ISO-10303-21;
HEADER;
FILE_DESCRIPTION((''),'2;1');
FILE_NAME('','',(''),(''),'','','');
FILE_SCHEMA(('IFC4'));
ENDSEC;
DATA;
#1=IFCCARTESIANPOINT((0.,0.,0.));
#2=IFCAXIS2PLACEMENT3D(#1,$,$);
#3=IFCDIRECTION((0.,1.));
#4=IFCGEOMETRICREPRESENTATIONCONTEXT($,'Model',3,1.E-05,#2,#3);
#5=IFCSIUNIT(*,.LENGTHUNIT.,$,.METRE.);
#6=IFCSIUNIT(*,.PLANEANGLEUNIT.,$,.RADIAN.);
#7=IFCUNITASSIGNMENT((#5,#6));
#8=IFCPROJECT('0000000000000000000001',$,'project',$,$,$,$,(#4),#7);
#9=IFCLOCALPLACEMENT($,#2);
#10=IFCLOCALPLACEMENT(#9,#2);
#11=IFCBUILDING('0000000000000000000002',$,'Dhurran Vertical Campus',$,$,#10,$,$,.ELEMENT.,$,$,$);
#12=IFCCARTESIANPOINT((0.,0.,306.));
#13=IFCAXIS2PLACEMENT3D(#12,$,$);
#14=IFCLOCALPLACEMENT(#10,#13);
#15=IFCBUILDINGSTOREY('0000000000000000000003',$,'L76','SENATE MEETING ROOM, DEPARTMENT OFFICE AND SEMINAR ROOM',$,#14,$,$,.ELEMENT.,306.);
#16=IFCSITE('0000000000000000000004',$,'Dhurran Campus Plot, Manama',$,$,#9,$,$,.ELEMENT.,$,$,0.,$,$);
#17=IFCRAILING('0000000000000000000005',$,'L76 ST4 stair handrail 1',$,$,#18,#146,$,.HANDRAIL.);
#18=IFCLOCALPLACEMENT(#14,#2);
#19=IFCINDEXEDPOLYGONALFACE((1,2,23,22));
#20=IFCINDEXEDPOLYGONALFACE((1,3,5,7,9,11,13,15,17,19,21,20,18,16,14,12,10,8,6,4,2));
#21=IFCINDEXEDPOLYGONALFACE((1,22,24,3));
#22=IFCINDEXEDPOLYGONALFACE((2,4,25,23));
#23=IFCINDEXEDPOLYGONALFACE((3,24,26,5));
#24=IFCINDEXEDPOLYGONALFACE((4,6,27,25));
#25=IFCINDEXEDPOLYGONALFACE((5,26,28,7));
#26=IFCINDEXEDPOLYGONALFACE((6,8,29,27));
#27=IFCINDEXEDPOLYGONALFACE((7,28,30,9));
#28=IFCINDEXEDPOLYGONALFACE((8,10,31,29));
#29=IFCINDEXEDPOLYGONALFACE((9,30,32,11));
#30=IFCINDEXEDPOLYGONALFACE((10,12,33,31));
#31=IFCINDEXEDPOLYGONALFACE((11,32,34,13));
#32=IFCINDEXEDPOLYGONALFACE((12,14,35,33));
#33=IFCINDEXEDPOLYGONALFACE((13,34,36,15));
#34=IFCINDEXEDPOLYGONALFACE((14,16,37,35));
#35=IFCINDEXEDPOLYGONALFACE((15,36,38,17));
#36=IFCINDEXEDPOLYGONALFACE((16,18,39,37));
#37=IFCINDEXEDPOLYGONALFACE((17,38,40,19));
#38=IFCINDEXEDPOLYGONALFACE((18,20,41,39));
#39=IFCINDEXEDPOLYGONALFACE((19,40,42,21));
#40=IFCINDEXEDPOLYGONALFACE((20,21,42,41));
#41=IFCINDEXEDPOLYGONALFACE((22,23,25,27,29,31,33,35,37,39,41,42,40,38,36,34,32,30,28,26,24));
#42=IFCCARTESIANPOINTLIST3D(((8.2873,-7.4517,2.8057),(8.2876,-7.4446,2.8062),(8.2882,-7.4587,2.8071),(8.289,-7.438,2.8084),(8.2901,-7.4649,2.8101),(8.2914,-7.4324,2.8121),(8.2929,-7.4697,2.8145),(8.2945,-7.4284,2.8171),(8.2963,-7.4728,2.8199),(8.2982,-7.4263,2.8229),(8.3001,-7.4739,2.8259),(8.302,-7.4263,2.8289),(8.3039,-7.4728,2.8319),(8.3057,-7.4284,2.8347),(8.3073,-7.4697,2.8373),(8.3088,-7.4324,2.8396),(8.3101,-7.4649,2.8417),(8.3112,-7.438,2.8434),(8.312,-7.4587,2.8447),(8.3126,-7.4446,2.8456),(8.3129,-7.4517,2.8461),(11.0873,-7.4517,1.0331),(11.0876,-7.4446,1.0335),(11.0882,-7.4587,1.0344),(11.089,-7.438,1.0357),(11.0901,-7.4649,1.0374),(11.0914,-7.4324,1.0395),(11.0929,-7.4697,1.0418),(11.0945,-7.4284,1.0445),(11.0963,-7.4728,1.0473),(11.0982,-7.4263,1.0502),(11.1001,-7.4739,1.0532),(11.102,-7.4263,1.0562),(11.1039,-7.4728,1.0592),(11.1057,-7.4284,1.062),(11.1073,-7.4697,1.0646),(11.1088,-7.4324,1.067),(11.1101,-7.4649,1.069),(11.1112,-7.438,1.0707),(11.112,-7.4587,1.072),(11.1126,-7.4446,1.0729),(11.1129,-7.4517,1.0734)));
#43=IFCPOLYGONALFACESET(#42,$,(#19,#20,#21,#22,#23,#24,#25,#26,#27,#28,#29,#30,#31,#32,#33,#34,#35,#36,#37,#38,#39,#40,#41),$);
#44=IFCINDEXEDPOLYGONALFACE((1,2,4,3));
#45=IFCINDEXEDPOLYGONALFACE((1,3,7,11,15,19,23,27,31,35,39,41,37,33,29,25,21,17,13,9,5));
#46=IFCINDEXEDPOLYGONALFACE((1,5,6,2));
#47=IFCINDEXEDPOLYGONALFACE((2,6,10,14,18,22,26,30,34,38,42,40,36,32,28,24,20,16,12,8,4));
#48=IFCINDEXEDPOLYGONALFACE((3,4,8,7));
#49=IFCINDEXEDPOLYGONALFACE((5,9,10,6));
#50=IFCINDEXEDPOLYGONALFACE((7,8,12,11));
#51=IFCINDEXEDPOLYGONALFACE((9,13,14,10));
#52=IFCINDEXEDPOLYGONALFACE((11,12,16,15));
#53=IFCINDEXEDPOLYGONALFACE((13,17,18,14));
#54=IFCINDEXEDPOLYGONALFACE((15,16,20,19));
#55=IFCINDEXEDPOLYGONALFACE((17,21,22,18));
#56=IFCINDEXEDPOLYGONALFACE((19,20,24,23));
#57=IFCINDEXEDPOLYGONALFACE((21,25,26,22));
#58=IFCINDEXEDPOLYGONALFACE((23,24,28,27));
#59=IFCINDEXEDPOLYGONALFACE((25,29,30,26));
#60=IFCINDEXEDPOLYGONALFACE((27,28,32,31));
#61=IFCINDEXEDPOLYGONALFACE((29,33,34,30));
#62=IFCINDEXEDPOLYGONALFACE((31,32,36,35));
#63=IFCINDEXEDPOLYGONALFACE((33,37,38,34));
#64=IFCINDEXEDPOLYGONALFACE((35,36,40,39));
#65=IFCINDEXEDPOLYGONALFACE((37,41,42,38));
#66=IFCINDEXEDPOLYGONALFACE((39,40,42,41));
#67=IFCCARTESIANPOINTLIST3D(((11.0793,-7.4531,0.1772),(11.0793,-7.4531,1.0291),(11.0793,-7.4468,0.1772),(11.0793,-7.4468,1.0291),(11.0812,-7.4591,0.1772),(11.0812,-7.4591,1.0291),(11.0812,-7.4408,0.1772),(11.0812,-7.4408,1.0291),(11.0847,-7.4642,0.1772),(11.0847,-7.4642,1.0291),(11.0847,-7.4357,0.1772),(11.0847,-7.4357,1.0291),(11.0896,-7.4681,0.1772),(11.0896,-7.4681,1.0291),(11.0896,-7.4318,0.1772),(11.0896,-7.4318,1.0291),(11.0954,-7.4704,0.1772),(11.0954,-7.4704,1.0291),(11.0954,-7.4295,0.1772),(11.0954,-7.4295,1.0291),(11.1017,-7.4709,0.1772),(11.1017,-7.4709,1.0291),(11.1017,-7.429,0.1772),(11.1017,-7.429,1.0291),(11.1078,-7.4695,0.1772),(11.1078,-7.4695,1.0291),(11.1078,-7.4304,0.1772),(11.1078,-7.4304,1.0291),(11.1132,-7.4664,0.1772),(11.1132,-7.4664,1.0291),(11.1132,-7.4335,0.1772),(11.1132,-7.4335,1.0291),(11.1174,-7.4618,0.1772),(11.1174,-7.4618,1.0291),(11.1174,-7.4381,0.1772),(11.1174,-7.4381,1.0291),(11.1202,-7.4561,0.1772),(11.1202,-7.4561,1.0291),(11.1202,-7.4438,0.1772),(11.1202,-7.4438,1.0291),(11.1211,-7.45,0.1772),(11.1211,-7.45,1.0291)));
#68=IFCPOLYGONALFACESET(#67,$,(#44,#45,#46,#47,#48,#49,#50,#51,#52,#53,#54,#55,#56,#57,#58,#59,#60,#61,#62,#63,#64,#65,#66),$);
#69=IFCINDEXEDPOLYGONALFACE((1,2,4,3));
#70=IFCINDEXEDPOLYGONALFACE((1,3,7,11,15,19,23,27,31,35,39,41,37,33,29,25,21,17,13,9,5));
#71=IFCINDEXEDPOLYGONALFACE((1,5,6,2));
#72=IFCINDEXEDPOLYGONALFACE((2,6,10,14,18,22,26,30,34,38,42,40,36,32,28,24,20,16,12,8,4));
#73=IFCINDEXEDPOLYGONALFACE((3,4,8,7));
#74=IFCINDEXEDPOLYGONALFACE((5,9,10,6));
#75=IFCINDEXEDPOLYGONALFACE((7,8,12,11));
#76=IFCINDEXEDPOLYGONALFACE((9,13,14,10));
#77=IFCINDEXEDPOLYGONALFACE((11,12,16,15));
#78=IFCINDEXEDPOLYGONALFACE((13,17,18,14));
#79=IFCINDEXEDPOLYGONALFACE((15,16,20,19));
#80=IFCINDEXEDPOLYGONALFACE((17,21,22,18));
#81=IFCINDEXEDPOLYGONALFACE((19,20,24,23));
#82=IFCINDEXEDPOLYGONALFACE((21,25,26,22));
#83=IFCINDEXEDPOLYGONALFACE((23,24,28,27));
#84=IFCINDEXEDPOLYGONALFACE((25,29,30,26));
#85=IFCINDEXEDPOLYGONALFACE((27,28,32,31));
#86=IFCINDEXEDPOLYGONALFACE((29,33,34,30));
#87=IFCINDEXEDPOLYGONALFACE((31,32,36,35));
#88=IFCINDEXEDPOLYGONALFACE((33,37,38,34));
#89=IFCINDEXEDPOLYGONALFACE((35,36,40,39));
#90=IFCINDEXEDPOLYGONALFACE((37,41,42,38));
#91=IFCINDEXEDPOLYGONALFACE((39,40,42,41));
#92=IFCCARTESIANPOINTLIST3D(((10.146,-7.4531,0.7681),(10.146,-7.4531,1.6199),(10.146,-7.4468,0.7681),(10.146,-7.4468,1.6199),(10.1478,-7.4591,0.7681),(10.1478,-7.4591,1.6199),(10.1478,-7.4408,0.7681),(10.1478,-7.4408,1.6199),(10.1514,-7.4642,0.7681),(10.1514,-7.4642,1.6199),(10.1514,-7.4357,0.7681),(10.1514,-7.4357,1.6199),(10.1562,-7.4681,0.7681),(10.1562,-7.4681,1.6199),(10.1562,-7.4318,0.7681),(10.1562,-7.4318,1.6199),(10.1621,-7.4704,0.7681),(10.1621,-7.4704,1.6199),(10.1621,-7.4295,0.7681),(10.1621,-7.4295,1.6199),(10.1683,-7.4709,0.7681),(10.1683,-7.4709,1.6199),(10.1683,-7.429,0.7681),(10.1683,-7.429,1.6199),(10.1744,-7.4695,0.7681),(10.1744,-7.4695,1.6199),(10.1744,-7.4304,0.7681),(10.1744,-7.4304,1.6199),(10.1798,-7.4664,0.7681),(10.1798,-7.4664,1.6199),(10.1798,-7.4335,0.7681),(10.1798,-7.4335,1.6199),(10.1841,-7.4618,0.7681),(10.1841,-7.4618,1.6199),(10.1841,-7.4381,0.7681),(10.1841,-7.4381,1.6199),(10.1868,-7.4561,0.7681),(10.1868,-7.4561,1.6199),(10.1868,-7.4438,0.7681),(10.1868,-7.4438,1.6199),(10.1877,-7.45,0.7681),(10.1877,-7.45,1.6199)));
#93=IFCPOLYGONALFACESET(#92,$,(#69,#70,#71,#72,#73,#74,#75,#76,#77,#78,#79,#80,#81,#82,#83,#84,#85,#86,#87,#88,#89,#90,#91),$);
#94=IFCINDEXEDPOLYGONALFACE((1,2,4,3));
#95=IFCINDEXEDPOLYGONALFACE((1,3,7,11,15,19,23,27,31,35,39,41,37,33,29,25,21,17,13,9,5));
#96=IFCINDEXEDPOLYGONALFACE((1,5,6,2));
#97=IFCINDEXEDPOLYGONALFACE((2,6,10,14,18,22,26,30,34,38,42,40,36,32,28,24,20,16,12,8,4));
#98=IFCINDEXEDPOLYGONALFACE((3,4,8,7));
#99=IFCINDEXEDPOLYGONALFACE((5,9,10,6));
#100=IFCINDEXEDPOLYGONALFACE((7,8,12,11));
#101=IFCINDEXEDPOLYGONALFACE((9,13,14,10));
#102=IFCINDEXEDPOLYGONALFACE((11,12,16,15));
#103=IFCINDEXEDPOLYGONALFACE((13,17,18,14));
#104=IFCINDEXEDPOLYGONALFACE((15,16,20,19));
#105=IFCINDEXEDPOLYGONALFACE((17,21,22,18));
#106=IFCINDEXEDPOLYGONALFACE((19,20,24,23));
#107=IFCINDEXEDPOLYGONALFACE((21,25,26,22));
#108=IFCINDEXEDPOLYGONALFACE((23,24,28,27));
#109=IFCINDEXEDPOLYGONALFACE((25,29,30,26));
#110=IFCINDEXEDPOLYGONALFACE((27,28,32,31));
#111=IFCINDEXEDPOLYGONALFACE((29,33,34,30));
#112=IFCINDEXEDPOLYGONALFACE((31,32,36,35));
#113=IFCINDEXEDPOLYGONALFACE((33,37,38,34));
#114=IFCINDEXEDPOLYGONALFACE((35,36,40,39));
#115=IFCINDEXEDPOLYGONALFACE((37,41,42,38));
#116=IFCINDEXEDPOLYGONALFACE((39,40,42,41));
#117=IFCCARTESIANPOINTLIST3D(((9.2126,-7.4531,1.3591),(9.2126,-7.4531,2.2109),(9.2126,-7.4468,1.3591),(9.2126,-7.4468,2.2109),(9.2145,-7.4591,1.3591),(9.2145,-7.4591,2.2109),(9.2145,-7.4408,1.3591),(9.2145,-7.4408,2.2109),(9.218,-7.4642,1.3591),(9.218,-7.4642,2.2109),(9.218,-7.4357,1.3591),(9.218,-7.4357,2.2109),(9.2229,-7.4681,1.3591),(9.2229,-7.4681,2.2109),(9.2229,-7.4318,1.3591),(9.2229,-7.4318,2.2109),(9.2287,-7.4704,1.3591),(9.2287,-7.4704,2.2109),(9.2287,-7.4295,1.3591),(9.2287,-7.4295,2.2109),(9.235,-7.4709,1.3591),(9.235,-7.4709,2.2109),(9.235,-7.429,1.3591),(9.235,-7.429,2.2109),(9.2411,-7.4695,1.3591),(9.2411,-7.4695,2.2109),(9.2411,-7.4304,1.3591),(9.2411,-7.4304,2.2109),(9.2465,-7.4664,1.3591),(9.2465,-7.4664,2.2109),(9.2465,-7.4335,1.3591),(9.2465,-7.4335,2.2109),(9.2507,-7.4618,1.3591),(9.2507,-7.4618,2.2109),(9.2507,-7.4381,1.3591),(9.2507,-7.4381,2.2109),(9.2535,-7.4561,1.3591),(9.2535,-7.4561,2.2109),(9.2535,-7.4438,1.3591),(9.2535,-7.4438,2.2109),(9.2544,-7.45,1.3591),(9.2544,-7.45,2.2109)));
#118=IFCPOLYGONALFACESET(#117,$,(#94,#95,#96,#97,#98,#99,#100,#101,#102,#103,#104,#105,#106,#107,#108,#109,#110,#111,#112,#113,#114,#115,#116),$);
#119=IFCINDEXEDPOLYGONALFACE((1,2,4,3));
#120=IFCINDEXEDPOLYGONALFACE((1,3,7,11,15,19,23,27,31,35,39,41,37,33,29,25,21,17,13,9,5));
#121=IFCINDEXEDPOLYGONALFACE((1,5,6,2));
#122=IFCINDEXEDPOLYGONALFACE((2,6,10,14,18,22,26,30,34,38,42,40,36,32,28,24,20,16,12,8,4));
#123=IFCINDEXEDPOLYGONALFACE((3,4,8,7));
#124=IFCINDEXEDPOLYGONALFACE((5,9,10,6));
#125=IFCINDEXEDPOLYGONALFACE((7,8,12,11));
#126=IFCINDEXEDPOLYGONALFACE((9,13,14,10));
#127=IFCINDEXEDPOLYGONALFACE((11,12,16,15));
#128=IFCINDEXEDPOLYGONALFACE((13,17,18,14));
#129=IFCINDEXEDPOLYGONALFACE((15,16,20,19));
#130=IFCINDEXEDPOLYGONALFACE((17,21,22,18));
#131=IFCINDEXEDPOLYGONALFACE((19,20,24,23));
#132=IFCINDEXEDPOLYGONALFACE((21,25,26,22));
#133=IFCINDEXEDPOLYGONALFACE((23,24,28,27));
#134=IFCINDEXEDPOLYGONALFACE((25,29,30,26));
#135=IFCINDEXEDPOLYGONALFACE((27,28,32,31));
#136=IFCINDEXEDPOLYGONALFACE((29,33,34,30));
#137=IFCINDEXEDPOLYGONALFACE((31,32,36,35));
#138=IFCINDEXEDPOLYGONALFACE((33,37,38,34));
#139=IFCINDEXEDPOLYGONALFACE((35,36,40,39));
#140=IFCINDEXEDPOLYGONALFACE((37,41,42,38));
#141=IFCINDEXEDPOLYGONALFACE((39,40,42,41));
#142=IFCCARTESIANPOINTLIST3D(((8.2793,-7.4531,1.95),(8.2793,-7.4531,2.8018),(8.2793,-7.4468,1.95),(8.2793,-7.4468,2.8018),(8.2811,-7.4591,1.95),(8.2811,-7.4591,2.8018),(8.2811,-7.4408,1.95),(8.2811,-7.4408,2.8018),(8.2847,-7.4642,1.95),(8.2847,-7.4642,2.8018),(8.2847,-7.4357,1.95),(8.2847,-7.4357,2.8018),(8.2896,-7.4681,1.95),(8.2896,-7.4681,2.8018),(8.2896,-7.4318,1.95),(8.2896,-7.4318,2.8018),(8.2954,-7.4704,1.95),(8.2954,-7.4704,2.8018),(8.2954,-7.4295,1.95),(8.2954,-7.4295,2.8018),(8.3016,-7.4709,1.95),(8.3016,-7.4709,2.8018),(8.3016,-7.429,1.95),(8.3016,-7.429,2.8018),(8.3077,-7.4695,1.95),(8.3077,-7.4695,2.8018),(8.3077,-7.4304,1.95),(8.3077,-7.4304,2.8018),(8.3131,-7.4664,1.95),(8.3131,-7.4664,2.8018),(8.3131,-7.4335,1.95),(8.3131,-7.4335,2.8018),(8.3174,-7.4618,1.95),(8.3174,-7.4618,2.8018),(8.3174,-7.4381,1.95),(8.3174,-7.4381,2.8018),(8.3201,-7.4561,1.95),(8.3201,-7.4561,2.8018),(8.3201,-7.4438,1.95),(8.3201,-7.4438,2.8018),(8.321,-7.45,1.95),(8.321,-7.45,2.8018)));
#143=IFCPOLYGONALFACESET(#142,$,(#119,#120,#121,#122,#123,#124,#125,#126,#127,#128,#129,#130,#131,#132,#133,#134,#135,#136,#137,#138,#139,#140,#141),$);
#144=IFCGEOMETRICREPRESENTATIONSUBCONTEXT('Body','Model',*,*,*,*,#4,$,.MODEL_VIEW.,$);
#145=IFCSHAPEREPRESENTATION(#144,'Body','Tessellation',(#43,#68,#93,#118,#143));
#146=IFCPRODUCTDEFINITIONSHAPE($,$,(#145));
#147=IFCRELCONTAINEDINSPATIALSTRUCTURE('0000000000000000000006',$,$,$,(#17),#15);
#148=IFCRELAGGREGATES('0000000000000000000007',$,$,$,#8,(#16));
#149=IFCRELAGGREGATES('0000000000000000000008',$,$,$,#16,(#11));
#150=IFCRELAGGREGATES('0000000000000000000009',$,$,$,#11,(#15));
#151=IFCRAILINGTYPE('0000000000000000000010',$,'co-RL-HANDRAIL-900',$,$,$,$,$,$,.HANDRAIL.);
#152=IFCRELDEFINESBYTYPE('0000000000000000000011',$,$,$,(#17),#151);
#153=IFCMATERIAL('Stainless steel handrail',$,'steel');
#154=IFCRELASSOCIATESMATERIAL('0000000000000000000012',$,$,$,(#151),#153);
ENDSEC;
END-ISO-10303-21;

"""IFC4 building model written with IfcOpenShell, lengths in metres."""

from ifc_helpers import new_model, si_unit, direction, frame, origin, origin_2d, place, context, subcontext, project, spatial, circle, extrude, material, type_object, element, save


model = new_model("IFC4")

# Units and contexts
model_context = context("Model", 3, precision=1e-05, world=origin(), true_north=direction((0.0, 1.0)))
body_context = subcontext(model_context, "Body", "Model", "MODEL_VIEW")
ifc_project = project(units=[si_unit("LENGTHUNIT", "METRE"), si_unit("PLANEANGLEUNIT", "RADIAN")], contexts=[model_context])

# Site, building, storey
site_placement = place(None, origin())
site = spatial("IfcSite", under=ifc_project, at=site_placement, Name="Dhurran Campus Plot, Manama", CompositionType="ELEMENT", RefElevation=0.0)
building_placement = place(site_placement, origin())
building = spatial("IfcBuilding", under=site, at=building_placement, Name="Dhurran Vertical Campus", CompositionType="ELEMENT")
storey_placement = place(building_placement, frame((0.0, 0.0, 306.0)))
storey = spatial("IfcBuildingStorey", under=building, at=storey_placement, Name="L76", Description="SENATE MEETING ROOM, DEPARTMENT OFFICE AND SEMINAR ROOM", CompositionType="ELEMENT", Elevation=306.0)

# Railing
ifc_material_1 = material(Name="Stainless steel handrail", Category="steel")
railing_type_1 = type_object("IfcRailingType", Name="co-RL-HANDRAIL-900", PredefinedType="HANDRAIL", material=ifc_material_1)
railing_1_placement = place(storey_placement, frame((11.1001, -7.45, 0.1772)))
element("IfcRailing", 1, at=railing_1_placement, inside=storey, type_object=railing_type_1, Name="L76 ST4 stair handrail 1", PredefinedType="HANDRAIL", context=body_context, shape_type="SweptSolid", body=[
    extrude(circle(Radius=0.0239, at=origin_2d()), frame((0.0, 0.0, 0.876), z_axis=(-0.844909, 0.0, 0.53491), x_axis=(0.0, -1.0, 0.0)), (0.0, 0.0, 1.0), 3.314),
    extrude(circle(Radius=0.021, at=origin_2d()), origin(), (0.0, 0.0, 1.0), 0.8518),
    extrude(circle(Radius=0.021, at=origin_2d()), frame((-0.9333, 0.0, 0.5908)), (0.0, 0.0, 1.0), 0.8518),
    extrude(circle(Radius=0.021, at=origin_2d()), frame((-1.8667, 0.0, 1.1819)), (0.0, 0.0, 1.0), 0.8518),
    extrude(circle(Radius=0.021, at=origin_2d()), frame((-2.8, 0.0, 1.7727)), (0.0, 0.0, 1.0), 0.8518),
])

save(model, "model.ifc")
